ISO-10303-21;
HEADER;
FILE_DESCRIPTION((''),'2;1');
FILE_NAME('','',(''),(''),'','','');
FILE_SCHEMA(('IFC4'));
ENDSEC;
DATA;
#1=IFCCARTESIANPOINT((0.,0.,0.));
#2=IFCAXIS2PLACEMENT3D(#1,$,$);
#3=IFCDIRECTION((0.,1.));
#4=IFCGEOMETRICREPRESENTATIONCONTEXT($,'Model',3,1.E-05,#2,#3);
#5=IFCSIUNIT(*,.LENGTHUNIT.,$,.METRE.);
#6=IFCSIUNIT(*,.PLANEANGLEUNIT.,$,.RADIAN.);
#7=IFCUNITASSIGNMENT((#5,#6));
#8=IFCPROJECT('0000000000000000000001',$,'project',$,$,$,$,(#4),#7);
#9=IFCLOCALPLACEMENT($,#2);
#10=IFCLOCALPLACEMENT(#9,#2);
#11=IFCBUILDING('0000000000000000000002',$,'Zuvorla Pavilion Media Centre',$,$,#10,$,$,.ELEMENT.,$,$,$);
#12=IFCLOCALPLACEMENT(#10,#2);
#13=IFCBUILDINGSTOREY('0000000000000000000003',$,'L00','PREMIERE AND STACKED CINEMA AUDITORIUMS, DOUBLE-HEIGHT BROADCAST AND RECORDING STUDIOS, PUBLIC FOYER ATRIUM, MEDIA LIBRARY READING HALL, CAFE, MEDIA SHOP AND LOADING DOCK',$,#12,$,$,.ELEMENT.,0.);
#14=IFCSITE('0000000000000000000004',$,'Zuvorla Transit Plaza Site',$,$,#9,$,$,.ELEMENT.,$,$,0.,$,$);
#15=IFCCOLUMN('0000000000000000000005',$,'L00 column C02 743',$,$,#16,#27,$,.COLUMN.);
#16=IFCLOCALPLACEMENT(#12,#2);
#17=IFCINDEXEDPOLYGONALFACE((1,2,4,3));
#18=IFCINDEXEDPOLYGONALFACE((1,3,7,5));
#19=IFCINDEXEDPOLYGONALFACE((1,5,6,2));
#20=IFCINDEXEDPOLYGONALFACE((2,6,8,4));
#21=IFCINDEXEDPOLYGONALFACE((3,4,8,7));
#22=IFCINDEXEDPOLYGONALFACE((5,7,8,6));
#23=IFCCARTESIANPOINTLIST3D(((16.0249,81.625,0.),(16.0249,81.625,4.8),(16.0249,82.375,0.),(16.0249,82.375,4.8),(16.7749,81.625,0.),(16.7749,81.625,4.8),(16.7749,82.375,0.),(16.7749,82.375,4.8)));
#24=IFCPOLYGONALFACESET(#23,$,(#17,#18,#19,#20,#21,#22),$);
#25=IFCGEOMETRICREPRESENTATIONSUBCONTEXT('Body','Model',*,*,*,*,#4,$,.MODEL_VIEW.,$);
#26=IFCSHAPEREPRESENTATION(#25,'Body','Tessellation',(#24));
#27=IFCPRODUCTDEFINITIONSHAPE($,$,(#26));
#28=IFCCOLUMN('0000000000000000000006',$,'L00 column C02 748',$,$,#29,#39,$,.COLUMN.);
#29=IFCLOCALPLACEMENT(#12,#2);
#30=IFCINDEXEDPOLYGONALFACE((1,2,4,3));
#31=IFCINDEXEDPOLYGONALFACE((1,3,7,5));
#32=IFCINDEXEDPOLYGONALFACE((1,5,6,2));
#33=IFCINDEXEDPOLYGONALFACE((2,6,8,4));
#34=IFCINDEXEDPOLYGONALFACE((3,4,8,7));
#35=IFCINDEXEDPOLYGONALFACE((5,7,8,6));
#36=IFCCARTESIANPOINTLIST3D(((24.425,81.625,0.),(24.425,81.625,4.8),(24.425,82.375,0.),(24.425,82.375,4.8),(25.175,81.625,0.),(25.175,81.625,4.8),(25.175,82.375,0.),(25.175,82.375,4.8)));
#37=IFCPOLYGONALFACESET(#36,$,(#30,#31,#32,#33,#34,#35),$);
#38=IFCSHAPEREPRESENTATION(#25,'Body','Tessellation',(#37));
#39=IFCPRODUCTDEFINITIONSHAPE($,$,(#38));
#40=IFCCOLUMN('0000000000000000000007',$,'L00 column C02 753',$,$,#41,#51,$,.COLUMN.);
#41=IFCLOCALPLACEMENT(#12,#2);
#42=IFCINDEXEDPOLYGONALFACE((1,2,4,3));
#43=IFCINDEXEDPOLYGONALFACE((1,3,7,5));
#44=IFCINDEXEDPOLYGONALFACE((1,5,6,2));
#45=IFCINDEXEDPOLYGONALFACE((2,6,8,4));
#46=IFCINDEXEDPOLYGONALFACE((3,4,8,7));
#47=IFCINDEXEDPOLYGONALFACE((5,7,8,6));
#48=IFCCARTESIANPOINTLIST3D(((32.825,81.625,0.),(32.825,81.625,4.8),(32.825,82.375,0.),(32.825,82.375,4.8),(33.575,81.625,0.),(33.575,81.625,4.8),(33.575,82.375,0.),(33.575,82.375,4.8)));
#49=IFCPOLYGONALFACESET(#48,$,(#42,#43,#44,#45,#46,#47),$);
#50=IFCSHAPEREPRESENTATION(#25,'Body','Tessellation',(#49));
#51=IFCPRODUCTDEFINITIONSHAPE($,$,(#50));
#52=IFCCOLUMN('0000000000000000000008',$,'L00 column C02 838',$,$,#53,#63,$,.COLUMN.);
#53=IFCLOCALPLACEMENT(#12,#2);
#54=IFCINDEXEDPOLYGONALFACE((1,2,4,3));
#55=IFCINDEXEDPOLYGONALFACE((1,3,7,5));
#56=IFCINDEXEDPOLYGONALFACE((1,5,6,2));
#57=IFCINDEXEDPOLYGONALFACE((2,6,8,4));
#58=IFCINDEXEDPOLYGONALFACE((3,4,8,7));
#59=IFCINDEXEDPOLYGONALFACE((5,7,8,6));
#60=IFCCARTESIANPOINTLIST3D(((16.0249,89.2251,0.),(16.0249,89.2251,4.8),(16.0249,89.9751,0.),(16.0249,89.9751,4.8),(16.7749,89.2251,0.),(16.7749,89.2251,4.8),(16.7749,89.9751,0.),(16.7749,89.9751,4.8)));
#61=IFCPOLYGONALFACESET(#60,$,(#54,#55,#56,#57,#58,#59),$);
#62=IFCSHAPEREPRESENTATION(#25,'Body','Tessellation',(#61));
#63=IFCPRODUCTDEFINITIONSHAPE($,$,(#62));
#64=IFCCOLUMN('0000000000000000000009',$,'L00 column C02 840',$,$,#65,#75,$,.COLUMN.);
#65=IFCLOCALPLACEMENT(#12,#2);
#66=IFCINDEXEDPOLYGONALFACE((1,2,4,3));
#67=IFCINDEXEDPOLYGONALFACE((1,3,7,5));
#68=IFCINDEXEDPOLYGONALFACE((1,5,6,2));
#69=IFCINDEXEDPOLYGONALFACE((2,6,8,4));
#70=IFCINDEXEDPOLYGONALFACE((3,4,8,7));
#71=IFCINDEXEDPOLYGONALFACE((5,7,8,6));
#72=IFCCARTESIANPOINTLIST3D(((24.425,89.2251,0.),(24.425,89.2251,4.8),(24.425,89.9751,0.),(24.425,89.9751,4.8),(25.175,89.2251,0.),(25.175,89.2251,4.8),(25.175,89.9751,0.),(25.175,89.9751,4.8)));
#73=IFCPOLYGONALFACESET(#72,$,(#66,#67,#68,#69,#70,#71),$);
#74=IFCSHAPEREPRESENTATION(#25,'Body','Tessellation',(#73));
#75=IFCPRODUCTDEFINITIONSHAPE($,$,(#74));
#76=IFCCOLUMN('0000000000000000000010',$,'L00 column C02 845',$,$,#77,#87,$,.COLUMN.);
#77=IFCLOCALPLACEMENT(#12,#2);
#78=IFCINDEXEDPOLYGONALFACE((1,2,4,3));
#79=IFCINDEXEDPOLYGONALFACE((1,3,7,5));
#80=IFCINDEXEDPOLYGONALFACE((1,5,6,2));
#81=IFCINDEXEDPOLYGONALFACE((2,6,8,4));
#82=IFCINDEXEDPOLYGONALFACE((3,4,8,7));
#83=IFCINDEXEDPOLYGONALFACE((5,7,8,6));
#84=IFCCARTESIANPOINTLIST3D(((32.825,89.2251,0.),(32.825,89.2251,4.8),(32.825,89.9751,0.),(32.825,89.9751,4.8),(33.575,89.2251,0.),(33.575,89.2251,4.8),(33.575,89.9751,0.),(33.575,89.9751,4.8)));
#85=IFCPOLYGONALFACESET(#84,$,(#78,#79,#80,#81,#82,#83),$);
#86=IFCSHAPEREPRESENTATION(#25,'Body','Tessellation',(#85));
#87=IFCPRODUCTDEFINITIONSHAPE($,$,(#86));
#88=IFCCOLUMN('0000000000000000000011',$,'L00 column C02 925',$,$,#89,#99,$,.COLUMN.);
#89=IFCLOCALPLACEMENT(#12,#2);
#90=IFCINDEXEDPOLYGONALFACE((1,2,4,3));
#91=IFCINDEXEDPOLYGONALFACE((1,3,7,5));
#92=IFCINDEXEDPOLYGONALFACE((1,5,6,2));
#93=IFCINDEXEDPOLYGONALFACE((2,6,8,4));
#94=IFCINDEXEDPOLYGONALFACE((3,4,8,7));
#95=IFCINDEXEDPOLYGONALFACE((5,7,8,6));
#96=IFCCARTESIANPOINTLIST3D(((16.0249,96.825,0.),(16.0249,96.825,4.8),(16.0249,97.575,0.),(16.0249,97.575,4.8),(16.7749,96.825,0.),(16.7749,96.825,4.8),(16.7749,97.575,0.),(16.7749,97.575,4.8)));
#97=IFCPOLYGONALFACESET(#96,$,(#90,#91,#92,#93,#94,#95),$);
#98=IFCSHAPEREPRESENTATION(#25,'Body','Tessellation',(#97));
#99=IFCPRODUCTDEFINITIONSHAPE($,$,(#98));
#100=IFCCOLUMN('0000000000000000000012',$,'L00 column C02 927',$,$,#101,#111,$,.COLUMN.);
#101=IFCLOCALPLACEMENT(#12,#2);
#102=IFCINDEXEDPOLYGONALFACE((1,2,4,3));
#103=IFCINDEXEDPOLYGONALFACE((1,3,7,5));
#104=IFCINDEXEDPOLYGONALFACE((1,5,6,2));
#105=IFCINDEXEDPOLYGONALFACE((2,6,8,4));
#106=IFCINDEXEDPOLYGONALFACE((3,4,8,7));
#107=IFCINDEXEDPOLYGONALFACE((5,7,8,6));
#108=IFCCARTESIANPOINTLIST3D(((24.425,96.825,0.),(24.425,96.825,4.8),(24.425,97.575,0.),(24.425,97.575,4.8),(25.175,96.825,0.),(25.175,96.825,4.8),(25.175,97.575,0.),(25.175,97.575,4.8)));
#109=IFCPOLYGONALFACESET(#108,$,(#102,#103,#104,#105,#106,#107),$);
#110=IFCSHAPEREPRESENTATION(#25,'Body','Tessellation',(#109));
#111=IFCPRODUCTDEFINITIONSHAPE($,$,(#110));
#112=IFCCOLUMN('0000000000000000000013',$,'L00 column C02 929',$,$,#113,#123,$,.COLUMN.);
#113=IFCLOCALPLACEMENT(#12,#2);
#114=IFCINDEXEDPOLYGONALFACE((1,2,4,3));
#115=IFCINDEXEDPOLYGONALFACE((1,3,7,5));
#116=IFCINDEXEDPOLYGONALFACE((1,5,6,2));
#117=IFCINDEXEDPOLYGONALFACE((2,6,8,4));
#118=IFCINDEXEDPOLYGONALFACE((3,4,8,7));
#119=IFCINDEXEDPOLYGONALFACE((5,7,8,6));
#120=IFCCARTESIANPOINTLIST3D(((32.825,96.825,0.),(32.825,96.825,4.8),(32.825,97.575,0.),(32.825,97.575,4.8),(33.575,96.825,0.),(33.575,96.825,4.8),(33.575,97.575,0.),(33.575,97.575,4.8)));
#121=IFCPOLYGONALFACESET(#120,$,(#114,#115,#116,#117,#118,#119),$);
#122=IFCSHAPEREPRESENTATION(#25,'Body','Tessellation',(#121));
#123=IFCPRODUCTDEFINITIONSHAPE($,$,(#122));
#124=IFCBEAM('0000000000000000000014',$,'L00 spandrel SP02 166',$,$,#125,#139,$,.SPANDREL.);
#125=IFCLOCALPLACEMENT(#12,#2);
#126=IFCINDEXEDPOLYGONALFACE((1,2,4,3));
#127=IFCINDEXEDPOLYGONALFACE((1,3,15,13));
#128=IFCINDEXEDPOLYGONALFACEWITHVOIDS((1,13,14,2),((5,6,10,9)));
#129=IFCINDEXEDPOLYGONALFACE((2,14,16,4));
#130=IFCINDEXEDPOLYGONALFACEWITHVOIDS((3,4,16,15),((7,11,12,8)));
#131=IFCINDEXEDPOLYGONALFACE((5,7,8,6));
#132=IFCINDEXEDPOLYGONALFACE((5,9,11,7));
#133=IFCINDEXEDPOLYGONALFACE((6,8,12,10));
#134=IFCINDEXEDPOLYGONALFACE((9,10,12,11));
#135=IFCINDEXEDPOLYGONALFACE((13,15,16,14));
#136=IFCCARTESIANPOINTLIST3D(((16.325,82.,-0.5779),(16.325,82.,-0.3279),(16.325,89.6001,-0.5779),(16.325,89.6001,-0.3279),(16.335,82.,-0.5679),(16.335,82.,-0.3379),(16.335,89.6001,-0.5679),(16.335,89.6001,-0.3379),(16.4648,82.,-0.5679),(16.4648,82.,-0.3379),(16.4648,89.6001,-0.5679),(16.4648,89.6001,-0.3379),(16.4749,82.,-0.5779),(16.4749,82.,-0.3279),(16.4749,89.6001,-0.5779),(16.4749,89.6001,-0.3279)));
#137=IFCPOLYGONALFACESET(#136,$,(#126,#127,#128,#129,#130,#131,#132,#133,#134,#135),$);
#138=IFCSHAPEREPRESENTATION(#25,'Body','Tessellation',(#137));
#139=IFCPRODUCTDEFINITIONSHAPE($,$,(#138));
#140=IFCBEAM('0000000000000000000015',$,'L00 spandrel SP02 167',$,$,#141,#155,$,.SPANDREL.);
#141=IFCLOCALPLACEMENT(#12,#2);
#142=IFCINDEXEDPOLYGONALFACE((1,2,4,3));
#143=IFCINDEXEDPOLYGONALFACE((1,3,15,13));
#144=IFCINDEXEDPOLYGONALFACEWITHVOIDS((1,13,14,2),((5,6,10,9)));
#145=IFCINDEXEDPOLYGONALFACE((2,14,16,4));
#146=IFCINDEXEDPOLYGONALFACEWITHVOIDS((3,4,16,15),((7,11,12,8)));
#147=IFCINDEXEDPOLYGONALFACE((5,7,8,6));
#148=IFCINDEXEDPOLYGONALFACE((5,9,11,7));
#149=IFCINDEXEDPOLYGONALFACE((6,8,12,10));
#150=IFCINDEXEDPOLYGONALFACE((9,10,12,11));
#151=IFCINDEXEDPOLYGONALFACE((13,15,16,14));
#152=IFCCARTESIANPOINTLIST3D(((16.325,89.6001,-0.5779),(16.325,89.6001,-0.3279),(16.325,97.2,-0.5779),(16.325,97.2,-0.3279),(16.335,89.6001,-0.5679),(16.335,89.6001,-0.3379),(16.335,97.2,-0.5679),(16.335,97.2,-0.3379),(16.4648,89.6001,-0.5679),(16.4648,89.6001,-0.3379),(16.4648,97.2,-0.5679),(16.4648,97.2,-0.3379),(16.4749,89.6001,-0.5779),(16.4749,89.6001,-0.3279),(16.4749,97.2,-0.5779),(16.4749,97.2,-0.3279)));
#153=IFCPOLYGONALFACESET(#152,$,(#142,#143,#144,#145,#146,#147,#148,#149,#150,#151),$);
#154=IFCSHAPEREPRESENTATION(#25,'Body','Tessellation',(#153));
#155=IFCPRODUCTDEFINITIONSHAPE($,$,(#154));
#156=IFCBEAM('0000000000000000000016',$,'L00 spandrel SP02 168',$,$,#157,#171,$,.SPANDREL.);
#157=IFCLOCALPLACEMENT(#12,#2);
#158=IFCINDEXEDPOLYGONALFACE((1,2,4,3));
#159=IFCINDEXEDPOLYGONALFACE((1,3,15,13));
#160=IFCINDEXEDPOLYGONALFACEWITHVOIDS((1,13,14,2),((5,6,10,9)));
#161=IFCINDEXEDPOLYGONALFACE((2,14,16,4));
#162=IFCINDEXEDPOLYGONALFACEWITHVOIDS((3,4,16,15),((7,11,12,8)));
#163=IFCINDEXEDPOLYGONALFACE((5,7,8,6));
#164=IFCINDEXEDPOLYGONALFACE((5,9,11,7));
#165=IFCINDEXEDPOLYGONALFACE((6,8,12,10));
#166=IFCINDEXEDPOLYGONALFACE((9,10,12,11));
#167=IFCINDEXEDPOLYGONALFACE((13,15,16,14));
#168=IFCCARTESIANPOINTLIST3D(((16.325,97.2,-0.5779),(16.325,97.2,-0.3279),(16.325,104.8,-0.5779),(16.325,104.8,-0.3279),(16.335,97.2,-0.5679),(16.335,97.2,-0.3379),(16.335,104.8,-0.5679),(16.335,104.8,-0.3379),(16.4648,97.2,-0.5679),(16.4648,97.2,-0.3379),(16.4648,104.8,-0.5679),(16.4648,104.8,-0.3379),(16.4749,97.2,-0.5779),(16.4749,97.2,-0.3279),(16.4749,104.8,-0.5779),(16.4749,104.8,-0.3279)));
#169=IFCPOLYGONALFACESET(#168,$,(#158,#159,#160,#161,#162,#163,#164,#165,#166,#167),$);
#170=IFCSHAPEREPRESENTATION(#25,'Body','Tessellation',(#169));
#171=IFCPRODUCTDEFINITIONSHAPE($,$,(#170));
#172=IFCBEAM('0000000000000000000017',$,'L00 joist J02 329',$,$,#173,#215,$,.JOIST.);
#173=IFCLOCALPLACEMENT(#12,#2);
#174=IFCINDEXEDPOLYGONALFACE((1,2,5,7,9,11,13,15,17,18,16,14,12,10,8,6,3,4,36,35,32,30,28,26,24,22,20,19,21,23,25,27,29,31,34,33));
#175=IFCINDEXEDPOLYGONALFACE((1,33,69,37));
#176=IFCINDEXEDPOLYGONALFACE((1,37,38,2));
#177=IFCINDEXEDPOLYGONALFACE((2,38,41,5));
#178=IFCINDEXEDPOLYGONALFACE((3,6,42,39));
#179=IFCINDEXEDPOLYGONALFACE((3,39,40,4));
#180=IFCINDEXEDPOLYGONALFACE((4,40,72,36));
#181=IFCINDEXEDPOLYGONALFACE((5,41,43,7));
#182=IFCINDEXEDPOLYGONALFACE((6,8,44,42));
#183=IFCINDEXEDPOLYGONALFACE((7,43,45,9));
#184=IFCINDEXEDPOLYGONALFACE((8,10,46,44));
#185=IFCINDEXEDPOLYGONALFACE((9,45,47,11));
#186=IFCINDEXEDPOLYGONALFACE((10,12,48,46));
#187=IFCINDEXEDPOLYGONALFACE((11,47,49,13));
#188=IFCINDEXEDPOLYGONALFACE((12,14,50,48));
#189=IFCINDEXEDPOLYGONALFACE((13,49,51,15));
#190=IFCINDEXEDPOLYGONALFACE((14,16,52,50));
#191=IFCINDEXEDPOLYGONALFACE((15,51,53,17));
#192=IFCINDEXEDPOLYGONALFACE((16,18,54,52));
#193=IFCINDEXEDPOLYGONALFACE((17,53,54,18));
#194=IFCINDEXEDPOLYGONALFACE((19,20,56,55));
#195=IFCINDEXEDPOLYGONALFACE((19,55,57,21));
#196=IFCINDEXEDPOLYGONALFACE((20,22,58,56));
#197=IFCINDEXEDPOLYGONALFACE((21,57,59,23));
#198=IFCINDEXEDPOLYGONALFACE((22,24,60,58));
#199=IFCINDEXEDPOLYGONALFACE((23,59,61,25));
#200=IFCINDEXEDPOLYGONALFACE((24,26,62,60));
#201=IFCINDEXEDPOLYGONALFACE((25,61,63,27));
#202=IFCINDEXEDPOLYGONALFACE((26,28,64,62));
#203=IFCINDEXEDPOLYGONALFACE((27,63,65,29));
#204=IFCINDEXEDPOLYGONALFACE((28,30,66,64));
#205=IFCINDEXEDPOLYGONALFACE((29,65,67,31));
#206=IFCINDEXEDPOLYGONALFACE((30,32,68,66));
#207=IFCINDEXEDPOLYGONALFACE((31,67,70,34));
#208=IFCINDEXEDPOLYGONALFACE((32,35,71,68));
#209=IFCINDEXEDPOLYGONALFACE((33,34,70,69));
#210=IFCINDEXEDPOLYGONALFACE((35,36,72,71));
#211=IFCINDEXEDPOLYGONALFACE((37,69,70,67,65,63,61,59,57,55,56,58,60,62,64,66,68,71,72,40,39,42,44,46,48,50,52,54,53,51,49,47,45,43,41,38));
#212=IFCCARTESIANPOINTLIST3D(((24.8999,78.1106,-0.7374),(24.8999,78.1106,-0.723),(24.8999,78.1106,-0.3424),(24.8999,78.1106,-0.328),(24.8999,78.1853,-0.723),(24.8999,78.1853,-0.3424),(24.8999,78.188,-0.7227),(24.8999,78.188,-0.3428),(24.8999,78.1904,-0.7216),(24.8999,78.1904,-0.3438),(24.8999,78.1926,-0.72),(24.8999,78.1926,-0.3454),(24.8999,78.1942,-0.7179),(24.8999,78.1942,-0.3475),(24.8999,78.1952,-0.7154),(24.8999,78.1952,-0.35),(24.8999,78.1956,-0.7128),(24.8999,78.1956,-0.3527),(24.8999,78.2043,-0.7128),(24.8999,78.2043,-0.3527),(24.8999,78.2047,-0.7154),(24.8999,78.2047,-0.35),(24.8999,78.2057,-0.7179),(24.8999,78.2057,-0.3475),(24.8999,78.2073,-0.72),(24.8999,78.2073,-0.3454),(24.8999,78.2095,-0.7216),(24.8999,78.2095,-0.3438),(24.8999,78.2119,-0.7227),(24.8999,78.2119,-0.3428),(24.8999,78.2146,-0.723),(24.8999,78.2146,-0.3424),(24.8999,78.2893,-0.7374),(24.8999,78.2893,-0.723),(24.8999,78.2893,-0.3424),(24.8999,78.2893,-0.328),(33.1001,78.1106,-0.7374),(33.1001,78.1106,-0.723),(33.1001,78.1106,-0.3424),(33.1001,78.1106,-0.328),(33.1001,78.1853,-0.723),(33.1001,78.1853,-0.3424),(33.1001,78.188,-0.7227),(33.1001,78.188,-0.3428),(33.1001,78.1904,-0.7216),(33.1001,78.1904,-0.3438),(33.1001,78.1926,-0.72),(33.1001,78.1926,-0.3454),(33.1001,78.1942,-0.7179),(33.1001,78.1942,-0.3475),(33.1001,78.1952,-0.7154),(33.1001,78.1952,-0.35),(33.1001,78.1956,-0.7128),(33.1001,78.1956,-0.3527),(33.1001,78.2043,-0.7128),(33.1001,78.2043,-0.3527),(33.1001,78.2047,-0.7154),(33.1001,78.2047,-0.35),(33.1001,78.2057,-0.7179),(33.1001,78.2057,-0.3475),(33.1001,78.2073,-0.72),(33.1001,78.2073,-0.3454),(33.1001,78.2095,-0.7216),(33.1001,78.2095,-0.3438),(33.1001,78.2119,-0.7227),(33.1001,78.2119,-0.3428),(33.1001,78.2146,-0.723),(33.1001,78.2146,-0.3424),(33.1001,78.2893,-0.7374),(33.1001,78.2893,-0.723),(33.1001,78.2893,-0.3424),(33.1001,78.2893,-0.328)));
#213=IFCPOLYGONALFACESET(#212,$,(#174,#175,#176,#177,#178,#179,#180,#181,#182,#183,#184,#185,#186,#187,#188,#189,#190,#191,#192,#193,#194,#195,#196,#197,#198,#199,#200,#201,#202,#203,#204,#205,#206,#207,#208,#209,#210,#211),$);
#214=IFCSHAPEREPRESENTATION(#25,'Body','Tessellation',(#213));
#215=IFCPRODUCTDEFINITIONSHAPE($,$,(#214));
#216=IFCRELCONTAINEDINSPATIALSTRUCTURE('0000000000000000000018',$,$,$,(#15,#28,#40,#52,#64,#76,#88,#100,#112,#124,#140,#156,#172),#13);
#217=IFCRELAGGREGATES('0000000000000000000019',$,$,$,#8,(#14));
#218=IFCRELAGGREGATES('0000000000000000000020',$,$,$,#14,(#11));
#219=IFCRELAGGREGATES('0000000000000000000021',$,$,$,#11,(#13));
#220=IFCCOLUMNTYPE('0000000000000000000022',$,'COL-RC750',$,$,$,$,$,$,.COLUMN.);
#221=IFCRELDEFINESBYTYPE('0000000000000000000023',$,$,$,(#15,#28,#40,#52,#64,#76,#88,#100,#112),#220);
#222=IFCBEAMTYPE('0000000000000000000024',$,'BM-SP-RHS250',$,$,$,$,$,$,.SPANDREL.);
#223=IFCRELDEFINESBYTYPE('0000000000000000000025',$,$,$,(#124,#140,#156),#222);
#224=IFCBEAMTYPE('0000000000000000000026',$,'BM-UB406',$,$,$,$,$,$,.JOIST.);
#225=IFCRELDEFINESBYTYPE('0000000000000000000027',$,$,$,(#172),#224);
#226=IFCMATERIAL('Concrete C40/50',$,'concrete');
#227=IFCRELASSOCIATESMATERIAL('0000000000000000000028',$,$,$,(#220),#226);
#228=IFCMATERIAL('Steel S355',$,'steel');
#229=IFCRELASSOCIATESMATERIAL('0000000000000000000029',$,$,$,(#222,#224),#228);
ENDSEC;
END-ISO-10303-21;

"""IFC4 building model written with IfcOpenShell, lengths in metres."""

from ifc_helpers import new_model, si_unit, direction, frame, origin, origin_2d, place, context, subcontext, project, spatial, rectangle, hollow_rectangle, i_section, extrude, material, material_profile, profile_set, type_object, element, save


model = new_model("IFC4")

# Units and contexts
model_context = context("Model", 3, precision=1e-05, world=origin(), true_north=direction((0.0, 1.0)))
body_context = subcontext(model_context, "Body", "Model", "MODEL_VIEW")
ifc_project = project(units=[si_unit("LENGTHUNIT", "METRE"), si_unit("PLANEANGLEUNIT", "RADIAN")], contexts=[model_context])

# Site, building, storey
site_placement = place(None, origin())
site = spatial("IfcSite", under=ifc_project, at=site_placement, Name="Zuvorla Transit Plaza Site", CompositionType="ELEMENT", RefElevation=0.0)
building_placement = place(site_placement, origin())
building = spatial("IfcBuilding", under=site, at=building_placement, Name="Zuvorla Pavilion Media Centre", CompositionType="ELEMENT")
storey_placement = place(building_placement, origin())
storey = spatial("IfcBuildingStorey", under=building, at=storey_placement, Name="L00", Description="PREMIERE AND STACKED CINEMA AUDITORIUMS, DOUBLE-HEIGHT BROADCAST AND RECORDING STUDIOS, PUBLIC FOYER ATRIUM, MEDIA LIBRARY READING HALL, CAFE, MEDIA SHOP AND LOADING DOCK", CompositionType="ELEMENT", Elevation=0.0)

# Columns
ifc_material_1 = material(Name="Concrete C40/50", Category="concrete")
ifc_material_profile_1 = material_profile(ifc_material_1, rectangle(XDim=0.75, YDim=0.75, at=origin_2d()), Name="RC 750x750")
ifc_profile_set_1 = profile_set([ifc_material_profile_1], Name="Concrete C40/50")
column_type = type_object("IfcColumnType", Name="COL-RC750", PredefinedType="COLUMN", material=ifc_profile_set_1)
for number, where, z_axis, x_axis, name in (
    (1, (16.3999, 82.0, 0.0), (0.0, 0.0, 1.0), (1.0, 0.0, 0.0), "L00 column C02 743"),
    (2, (24.8, 82.0, 0.0), (0.0, 0.0, 1.0), (1.0, 0.0, 0.0), "L00 column C02 748"),
    (3, (33.2, 82.0, 0.0), (0.0, 0.0, 1.0), (1.0, 0.0, 0.0), "L00 column C02 753"),
    (4, (16.3999, 89.6001, 0.0), (0.0, 0.0, 1.0), (1.0, 0.0, 0.0), "L00 column C02 838"),
    (5, (24.8, 89.6001, 0.0), (0.0, 0.0, 1.0), (1.0, 0.0, 0.0), "L00 column C02 840"),
    (6, (33.2, 89.6001, 0.0), (0.0, 0.0, 1.0), (1.0, 0.0, 0.0), "L00 column C02 845"),
    (7, (16.3999, 97.2, 0.0), (0.0, 0.0, 1.0), (1.0, 0.0, 0.0), "L00 column C02 925"),
    (8, (24.8, 97.2, 0.0), (0.0, 0.0, 1.0), (1.0, 0.0, 0.0), "L00 column C02 927"),
    (9, (33.2, 97.2, 0.0), (0.0, 0.0, 1.0), (1.0, 0.0, 0.0), "L00 column C02 929"),
):
    element("IfcColumn", number, at=place(storey_placement, frame(where, z_axis=z_axis, x_axis=x_axis)), inside=storey, type_object=column_type, Name=name, PredefinedType="COLUMN", context=body_context, shape_type="SweptSolid", body=[
        extrude(rectangle(XDim=0.75, YDim=0.75, at=origin_2d()), origin(), (0.0, 0.0, 1.0), 4.8),
    ])

# Beams
ifc_material_2 = material(Name="Steel S355", Category="steel")
ifc_material_profile_2 = material_profile(ifc_material_2, hollow_rectangle(XDim=0.1499, YDim=0.25, WallThickness=0.01, at=origin_2d()), Name="RHS 250x150x10")
ifc_profile_set_2 = profile_set([ifc_material_profile_2], Name="Steel S355")
beam_type_1 = type_object("IfcBeamType", Name="BM-SP-RHS250", PredefinedType="SPANDREL", material=ifc_profile_set_2)
beam_1_placement = place(storey_placement, frame((16.3999, 82.0, -0.4529), z_axis=(0.0, 1.0, 0.0), x_axis=(-1.0, 0.0, 0.0)))
element("IfcBeam", 10, at=beam_1_placement, inside=storey, type_object=beam_type_1, Name="L00 spandrel SP02 166", PredefinedType="SPANDREL", context=body_context, shape_type="SweptSolid", body=[
    extrude(hollow_rectangle(XDim=0.1499, YDim=0.25, WallThickness=0.01, at=origin_2d()), origin(), (0.0, 0.0, 1.0), 7.6001),
])
beam_2_placement = place(storey_placement, frame((16.3999, 89.6001, -0.4529), z_axis=(0.0, 1.0, 0.0), x_axis=(-1.0, 0.0, 0.0)))
element("IfcBeam", 11, at=beam_2_placement, inside=storey, type_object=beam_type_1, Name="L00 spandrel SP02 167", PredefinedType="SPANDREL", context=body_context, shape_type="SweptSolid", body=[
    extrude(hollow_rectangle(XDim=0.1499, YDim=0.25, WallThickness=0.01, at=origin_2d()), origin(), (0.0, 0.0, 1.0), 7.5999),
])
beam_3_placement = place(storey_placement, frame((16.3999, 97.2, -0.4529), z_axis=(0.0, 1.0, 0.0), x_axis=(-1.0, 0.0, 0.0)))
element("IfcBeam", 12, at=beam_3_placement, inside=storey, type_object=beam_type_1, Name="L00 spandrel SP02 168", PredefinedType="SPANDREL", context=body_context, shape_type="SweptSolid", body=[
    extrude(hollow_rectangle(XDim=0.1499, YDim=0.25, WallThickness=0.01, at=origin_2d()), origin(), (0.0, 0.0, 1.0), 7.6001),
])
ifc_material_profile_3 = material_profile(ifc_material_2, i_section(OverallWidth=0.1787, OverallDepth=0.4094, WebThickness=0.0088, FlangeThickness=0.0144, FilletRadius=0.0103, at=origin_2d()), Name="UB 406x178x67")
ifc_profile_set_3 = profile_set([ifc_material_profile_3], Name="Steel S355")
beam_type_2 = type_object("IfcBeamType", Name="BM-UB406", PredefinedType="JOIST", material=ifc_profile_set_3)
for number, where, z_axis, x_axis, name in (
    (13, (24.8999, 78.2, -0.5327), (1.0, 0.0, 0.0), (0.0, 1.0, 0.0), "L00 joist J02 329"),
):
    element("IfcBeam", number, at=place(storey_placement, frame(where, z_axis=z_axis, x_axis=x_axis)), inside=storey, type_object=beam_type_2, Name=name, PredefinedType="JOIST", context=body_context, shape_type="SweptSolid", body=[
        extrude(i_section(OverallWidth=0.1787, OverallDepth=0.4094, WebThickness=0.0088, FlangeThickness=0.0144, FilletRadius=0.0103, at=origin_2d()), origin(), (0.0, 0.0, 1.0), 8.2002),
    ])

save(model, "model.ifc")
